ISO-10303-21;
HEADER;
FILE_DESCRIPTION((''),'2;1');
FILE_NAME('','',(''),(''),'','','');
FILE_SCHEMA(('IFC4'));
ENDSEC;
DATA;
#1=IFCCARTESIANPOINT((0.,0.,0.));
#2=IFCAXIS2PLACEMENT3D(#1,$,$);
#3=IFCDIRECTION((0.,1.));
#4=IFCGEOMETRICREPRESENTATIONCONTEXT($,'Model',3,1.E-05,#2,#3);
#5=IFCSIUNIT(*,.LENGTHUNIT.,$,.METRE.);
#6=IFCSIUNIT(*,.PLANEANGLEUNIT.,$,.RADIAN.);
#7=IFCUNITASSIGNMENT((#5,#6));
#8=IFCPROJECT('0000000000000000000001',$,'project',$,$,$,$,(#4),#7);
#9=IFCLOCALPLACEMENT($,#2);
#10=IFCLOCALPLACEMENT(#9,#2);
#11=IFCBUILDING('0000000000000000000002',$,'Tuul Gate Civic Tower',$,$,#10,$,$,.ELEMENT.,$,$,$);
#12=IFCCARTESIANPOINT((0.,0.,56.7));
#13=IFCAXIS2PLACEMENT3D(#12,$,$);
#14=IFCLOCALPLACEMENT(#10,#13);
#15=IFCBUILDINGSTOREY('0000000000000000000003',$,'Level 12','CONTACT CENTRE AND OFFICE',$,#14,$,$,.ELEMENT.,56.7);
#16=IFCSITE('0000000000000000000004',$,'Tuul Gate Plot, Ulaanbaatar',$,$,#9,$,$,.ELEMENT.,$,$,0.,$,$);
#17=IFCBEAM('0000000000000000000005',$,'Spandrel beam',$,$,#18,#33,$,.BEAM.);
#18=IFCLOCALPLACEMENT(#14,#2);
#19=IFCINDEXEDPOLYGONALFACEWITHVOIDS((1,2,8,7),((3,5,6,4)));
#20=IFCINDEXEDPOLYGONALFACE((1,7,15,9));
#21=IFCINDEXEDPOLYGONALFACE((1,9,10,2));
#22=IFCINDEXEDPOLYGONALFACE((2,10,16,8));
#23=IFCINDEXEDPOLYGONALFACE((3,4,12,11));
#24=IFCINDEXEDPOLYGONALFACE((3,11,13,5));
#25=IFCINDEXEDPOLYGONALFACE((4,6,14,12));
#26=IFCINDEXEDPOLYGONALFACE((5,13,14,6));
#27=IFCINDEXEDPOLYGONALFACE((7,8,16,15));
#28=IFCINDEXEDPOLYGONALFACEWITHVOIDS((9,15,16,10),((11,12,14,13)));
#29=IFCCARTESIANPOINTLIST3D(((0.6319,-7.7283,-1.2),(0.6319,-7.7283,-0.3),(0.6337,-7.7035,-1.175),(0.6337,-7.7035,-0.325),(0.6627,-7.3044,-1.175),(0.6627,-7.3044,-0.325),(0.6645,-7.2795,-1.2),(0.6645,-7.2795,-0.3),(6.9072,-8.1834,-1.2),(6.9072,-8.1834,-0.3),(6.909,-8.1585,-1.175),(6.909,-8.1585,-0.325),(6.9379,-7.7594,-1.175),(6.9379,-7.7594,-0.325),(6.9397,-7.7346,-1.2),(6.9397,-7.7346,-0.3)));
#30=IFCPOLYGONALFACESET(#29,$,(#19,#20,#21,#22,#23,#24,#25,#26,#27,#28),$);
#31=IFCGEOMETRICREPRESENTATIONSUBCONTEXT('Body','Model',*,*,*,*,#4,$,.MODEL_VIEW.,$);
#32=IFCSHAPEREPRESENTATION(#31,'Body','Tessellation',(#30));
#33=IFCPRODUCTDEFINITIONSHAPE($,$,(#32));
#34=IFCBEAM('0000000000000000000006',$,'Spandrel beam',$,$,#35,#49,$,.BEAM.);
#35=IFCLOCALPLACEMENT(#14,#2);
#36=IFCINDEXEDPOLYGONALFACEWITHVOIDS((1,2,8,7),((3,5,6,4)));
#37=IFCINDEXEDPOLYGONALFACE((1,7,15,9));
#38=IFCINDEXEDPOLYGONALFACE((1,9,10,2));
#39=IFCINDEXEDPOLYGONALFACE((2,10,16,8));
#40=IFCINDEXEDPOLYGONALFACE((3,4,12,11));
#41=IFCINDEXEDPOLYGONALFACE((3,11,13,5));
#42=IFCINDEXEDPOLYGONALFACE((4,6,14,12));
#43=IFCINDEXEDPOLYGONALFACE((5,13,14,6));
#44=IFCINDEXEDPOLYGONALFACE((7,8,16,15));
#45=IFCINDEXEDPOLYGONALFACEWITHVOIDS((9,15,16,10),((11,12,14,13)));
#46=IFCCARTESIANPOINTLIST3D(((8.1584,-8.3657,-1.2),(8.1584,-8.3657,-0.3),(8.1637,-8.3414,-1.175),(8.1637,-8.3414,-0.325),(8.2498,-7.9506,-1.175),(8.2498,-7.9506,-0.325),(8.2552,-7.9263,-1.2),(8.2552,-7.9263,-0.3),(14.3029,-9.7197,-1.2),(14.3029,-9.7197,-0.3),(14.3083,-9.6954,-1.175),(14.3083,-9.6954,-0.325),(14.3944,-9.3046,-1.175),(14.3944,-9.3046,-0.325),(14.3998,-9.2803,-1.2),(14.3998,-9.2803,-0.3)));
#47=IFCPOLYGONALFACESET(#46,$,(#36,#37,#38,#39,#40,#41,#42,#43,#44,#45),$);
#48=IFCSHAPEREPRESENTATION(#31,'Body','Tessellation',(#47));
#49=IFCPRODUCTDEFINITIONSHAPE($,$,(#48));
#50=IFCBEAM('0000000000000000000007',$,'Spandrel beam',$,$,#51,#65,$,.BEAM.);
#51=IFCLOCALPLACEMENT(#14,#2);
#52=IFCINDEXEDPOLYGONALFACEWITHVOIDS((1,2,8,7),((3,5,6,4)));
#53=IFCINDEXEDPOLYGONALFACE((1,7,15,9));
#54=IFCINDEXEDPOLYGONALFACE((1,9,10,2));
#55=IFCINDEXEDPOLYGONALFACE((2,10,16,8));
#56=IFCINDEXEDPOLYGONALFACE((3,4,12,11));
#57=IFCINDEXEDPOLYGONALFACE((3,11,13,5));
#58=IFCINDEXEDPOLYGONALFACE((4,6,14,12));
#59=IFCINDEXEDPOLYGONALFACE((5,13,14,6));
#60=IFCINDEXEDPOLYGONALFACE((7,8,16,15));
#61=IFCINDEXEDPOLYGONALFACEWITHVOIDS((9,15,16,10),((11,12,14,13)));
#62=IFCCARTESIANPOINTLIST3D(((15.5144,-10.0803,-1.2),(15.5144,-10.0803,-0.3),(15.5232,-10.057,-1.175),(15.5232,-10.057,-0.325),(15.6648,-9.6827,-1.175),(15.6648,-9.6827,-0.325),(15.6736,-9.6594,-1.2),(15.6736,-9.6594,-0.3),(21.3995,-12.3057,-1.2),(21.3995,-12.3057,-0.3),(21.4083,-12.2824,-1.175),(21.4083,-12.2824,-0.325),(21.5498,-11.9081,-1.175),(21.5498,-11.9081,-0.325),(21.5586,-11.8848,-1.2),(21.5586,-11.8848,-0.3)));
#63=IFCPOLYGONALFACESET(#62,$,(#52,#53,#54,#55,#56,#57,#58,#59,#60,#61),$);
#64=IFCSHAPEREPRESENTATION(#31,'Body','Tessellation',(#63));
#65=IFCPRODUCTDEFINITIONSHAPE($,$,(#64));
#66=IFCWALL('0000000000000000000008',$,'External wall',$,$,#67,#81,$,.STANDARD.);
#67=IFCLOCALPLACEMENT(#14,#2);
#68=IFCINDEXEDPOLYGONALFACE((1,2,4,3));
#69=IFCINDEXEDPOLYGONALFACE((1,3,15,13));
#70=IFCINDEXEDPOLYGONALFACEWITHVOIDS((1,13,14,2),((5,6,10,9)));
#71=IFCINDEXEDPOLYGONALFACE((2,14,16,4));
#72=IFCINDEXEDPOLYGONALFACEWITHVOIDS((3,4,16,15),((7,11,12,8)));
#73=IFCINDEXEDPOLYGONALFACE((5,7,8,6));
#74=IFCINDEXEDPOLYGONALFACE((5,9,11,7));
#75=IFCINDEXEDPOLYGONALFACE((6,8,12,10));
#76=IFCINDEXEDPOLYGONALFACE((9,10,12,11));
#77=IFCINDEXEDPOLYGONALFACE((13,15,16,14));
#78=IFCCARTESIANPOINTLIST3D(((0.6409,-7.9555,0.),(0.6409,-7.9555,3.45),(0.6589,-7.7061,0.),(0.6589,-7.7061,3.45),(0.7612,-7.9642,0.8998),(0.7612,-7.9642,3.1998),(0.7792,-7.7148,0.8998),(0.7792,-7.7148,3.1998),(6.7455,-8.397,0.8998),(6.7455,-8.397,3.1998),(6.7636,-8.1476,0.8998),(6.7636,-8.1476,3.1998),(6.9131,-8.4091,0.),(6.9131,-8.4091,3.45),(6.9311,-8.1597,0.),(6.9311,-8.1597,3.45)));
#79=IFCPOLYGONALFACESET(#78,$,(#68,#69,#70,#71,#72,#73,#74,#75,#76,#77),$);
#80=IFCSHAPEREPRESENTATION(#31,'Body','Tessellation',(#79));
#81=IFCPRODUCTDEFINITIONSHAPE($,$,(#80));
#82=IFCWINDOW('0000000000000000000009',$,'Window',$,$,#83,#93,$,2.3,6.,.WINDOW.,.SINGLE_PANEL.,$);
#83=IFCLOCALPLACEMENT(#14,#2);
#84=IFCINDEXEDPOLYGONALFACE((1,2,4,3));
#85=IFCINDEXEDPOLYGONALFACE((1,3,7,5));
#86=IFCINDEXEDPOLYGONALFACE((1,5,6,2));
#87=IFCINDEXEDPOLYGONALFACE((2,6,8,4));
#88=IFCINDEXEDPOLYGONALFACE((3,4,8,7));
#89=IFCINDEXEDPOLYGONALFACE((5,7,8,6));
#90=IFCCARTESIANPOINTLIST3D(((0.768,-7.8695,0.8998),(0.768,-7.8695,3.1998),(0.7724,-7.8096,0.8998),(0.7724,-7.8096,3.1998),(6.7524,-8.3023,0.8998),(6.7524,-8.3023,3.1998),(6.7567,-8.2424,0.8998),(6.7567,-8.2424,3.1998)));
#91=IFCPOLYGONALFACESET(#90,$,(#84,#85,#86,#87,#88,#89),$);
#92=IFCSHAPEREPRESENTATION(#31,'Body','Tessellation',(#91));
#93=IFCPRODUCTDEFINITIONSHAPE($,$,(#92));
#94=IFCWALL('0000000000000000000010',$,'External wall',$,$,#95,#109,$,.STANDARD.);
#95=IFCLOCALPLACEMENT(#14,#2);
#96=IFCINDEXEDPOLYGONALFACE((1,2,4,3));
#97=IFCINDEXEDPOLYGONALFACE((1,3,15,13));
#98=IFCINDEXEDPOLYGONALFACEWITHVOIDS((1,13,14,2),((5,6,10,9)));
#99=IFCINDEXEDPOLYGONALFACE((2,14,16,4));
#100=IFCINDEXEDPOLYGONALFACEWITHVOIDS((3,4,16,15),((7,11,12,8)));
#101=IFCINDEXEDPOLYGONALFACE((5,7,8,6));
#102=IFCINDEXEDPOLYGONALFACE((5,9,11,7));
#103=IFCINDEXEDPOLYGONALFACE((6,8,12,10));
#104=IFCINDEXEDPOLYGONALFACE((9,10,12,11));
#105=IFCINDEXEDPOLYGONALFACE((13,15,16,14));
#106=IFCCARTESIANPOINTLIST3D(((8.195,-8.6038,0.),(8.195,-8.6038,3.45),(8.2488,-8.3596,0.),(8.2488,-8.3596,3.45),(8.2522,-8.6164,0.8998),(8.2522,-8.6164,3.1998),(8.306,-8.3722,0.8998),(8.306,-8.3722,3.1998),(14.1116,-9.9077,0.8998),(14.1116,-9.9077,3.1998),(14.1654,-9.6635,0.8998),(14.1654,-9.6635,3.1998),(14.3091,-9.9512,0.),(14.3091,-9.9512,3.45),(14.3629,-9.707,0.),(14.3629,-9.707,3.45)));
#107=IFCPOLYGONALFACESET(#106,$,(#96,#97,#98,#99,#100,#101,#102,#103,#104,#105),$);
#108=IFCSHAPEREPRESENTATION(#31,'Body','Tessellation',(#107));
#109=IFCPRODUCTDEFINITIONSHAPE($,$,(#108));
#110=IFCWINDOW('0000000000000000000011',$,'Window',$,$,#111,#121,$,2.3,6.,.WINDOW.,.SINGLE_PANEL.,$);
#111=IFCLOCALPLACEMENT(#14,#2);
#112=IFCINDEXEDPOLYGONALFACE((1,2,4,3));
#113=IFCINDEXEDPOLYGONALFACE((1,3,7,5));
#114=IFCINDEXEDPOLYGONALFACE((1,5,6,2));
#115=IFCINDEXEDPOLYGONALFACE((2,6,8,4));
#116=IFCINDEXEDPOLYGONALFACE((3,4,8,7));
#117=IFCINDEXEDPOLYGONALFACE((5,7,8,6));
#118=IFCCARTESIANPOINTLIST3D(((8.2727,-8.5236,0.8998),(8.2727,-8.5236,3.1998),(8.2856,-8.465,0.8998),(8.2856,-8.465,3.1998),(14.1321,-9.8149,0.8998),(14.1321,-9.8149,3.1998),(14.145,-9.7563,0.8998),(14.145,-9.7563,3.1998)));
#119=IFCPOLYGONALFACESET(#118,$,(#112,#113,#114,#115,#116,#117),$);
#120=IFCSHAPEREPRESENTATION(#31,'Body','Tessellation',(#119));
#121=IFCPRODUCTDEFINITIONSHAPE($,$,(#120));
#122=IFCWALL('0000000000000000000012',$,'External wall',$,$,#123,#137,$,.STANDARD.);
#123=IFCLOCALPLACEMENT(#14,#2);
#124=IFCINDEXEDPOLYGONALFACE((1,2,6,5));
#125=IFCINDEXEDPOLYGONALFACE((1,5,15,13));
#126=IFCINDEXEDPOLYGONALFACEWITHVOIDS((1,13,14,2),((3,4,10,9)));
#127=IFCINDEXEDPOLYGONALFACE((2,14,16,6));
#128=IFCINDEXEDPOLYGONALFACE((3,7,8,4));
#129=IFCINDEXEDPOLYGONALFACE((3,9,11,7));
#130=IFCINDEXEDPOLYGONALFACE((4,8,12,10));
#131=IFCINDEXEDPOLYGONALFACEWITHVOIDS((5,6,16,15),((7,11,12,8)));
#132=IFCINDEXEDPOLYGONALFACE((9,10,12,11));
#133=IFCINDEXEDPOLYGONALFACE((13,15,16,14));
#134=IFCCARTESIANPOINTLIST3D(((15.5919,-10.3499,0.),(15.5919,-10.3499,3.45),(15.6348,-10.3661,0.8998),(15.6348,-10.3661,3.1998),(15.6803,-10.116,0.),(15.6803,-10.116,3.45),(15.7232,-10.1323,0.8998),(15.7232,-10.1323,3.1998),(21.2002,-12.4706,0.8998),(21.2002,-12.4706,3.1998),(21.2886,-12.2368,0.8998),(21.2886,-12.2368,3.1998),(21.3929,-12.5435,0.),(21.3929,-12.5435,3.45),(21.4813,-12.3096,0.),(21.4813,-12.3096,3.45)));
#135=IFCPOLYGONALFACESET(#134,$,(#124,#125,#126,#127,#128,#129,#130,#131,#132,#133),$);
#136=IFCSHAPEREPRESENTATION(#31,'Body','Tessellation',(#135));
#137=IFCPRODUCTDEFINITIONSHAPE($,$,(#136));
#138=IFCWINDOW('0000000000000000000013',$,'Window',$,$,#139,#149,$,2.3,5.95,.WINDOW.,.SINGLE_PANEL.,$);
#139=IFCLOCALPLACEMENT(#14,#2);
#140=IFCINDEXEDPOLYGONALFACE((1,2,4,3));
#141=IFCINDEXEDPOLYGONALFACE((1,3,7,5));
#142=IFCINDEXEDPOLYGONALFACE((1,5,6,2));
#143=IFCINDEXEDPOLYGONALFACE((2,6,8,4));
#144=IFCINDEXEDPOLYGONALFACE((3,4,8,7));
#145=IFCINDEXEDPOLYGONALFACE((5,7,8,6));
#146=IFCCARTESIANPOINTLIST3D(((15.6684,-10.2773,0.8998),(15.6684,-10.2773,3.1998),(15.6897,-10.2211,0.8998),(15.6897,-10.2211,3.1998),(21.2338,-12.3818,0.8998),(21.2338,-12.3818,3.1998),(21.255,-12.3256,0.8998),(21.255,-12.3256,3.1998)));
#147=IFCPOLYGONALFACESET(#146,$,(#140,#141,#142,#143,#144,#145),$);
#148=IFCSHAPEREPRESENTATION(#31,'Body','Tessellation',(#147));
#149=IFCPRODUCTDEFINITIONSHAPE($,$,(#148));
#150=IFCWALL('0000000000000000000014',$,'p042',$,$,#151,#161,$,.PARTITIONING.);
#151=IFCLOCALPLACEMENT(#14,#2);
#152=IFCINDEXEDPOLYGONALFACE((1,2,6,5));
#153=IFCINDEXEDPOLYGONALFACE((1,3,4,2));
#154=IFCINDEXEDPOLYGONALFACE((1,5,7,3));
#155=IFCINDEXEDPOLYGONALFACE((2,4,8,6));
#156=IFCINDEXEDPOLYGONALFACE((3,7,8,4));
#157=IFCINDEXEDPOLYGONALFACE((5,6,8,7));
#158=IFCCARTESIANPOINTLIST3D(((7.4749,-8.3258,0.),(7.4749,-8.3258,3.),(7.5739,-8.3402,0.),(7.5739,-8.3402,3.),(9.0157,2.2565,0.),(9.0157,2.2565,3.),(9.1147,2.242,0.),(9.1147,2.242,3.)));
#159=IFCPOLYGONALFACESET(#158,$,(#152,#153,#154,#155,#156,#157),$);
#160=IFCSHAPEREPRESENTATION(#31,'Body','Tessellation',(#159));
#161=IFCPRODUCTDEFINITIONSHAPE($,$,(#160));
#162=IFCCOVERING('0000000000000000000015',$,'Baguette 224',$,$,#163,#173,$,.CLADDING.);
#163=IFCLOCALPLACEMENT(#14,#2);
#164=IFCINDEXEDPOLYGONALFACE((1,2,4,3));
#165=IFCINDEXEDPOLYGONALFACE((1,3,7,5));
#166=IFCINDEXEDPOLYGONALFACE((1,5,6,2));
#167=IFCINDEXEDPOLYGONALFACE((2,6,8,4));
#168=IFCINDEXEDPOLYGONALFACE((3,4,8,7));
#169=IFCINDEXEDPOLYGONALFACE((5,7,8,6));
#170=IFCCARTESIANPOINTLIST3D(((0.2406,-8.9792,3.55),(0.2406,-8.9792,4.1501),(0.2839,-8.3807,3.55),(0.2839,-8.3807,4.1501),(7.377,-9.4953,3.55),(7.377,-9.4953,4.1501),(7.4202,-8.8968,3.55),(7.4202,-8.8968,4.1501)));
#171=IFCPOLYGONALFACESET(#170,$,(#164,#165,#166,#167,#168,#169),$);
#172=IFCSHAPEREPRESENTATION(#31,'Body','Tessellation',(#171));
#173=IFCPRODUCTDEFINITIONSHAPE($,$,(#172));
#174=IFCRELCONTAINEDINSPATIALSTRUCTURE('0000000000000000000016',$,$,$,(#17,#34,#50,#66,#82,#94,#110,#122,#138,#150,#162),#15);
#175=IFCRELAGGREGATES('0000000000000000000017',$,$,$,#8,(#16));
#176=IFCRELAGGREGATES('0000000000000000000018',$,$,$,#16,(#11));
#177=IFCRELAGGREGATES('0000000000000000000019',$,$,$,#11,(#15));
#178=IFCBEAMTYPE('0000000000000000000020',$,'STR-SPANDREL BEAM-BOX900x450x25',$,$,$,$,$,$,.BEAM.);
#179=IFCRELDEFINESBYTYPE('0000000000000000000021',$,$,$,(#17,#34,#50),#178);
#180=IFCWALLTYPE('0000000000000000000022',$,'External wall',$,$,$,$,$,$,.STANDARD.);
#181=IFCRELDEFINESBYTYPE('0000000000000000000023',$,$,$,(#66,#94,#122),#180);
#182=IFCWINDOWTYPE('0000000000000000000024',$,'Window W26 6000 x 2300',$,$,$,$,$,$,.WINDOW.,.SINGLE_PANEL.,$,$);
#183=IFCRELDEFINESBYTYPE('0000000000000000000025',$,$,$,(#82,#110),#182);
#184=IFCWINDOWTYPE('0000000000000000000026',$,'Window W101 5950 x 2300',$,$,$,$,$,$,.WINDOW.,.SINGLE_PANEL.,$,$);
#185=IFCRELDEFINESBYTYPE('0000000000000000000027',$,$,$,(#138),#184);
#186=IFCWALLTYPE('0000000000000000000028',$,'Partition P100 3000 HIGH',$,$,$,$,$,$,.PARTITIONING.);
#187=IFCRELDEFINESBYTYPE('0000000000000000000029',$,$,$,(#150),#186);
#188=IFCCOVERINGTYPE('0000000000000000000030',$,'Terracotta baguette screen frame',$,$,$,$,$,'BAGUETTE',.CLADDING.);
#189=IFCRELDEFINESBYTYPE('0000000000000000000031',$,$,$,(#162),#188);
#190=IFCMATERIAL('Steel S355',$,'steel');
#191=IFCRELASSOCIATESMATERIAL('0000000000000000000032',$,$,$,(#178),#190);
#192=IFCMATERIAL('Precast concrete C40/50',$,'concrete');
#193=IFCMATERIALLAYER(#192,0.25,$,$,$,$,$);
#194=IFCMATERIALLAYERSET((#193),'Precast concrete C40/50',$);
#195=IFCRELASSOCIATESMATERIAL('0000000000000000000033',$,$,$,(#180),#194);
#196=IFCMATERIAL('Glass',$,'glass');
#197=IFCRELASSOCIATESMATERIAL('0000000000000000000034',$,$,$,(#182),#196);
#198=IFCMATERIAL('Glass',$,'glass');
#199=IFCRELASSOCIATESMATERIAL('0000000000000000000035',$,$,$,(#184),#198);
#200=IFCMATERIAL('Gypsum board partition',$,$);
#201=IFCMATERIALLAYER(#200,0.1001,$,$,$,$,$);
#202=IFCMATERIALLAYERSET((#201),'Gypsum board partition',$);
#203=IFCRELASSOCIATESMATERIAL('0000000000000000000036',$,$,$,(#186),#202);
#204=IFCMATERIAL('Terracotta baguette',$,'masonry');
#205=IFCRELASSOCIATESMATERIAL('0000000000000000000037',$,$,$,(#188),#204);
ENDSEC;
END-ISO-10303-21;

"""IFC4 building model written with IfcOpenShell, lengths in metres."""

from ifc_helpers import new_model, si_unit, direction, frame, frame_2d, origin, origin_2d, place, context, subcontext, project, spatial, rectangle, hollow_rectangle, extrude, material, layer, layer_set, material_profile, profile_set, type_object, element, fill, save


model = new_model("IFC4")

# Units and contexts
model_context = context("Model", 3, precision=1e-05, world=origin(), true_north=direction((0.0, 1.0)))
body_context = subcontext(model_context, "Body", "Model", "MODEL_VIEW")
ifc_project = project(units=[si_unit("LENGTHUNIT", "METRE"), si_unit("PLANEANGLEUNIT", "RADIAN")], contexts=[model_context])

# Site, building, storey
site_placement = place(None, origin())
site = spatial("IfcSite", under=ifc_project, at=site_placement, Name="Tuul Gate Plot, Ulaanbaatar", CompositionType="ELEMENT", RefElevation=0.0)
building_placement = place(site_placement, origin())
building = spatial("IfcBuilding", under=site, at=building_placement, Name="Tuul Gate Civic Tower", CompositionType="ELEMENT")
storey_placement = place(building_placement, frame((0.0, 0.0, 56.7)))
storey = spatial("IfcBuildingStorey", under=building, at=storey_placement, Name="Level 12", Description="CONTACT CENTRE AND OFFICE", CompositionType="ELEMENT", Elevation=56.7)

# Beams
ifc_material_1 = material(Name="Steel S355", Category="steel")
ifc_material_profile_1 = material_profile(ifc_material_1, hollow_rectangle(XDim=0.45, YDim=0.8999, WallThickness=0.0249, at=origin_2d()), Name="BOX900x450x25")
ifc_profile_set_1 = profile_set([ifc_material_profile_1], Name="Steel S355")
beam_type_1 = type_object("IfcBeamType", Name="STR-SPANDREL BEAM-BOX900x450x25", PredefinedType="BEAM", material=ifc_profile_set_1)
beam_1_placement = place(storey_placement, frame((0.6482, -7.5039, -0.75), z_axis=(0.997381, -0.072328, 0.0), x_axis=(0.072328, 0.997381, 0.0)))
element("IfcBeam", 1, at=beam_1_placement, inside=storey, type_object=beam_type_1, Name="Spandrel beam", PredefinedType="BEAM", context=body_context, shape_type="SweptSolid", body=[
    extrude(hollow_rectangle(XDim=0.45, YDim=0.8999, WallThickness=0.0249, at=origin_2d()), origin(), (0.0, 0.0, 1.0), 6.2917),
])
beam_2_placement = place(storey_placement, frame((8.2068, -8.146, -0.75), z_axis=(0.976571, -0.215196, 0.0), x_axis=(0.215196, 0.976571, 0.0)))
element("IfcBeam", 2, at=beam_2_placement, inside=storey, type_object=beam_type_1, Name="Spandrel beam", PredefinedType="BEAM", context=body_context, shape_type="SweptSolid", body=[
    extrude(hollow_rectangle(XDim=0.45, YDim=0.8999, WallThickness=0.0249, at=origin_2d()), origin(), (0.0, 0.0, 1.0), 6.292),
])
beam_3_placement = place(storey_placement, frame((15.594, -9.8699, -0.75), z_axis=(0.935361, -0.353695, 0.0), x_axis=(0.353695, 0.935361, 0.0)))
element("IfcBeam", 3, at=beam_3_placement, inside=storey, type_object=beam_type_1, Name="Spandrel beam", PredefinedType="BEAM", context=body_context, shape_type="SweptSolid", body=[
    extrude(hollow_rectangle(XDim=0.45, YDim=0.8999, WallThickness=0.0249, at=origin_2d()), origin(), (0.0, 0.0, 1.0), 6.2917),
])

# Walls, openings, windows
ifc_material_2 = material(Name="Precast concrete C40/50", Category="concrete")
ifc_layer_1 = layer(ifc_material_2, 0.25)
ifc_layer_set_1 = layer_set([ifc_layer_1], Name="Precast concrete C40/50")
wall_type_1 = type_object("IfcWallType", Name="External wall", PredefinedType="STANDARD", material=ifc_layer_set_1)
wall_1_placement = place(storey_placement, frame((0.6499, -7.8308, 0.0), z_axis=(0.0, 0.0, 1.0), x_axis=(0.997395, -0.072133, 0.0)))
wall_1 = element("IfcWall", 4, at=wall_1_placement, inside=storey, type_object=wall_type_1, Name="External wall", PredefinedType="STANDARD", context=body_context, shape_type="SweptSolid", body=[
    extrude(rectangle(XDim=6.2886, YDim=0.25, at=frame_2d((3.1443, 0.0))), origin(), (0.0, 0.0, 1.0), 3.45),
])
opening_1_placement = place(wall_1_placement, frame((0.1206, 0.0, 0.8999)))
opening_1 = element("IfcOpeningElement", 5, at=opening_1_placement, cuts=wall_1, PredefinedType="OPENING", context=body_context, shape_type="SweptSolid", body=[
    extrude(rectangle(XDim=6.0, YDim=2.3, at=frame_2d((3.0, 1.1499))), frame((0.0, 0.135, 0.0), z_axis=(0.0, -1.0, 0.0), x_axis=(1.0, 0.0, 0.0)), (0.0, 0.0, 1.0), 0.27),
])
ifc_material_3 = material(Name="Glass", Category="glass")
window_type_1 = type_object("IfcWindowType", Name="Window W26 6000 x 2300", PartitioningType="SINGLE_PANEL", PredefinedType="WINDOW", material=ifc_material_3)
window_1_placement = place(opening_1_placement, origin())
window_1 = element("IfcWindow", 6, at=window_1_placement, inside=storey, type_object=window_type_1, Name="Window", OverallHeight=2.3, OverallWidth=6.0, PartitioningType="SINGLE_PANEL", PredefinedType="WINDOW", context=body_context, shape_type="SweptSolid", body=[
    extrude(rectangle(XDim=6.0, YDim=2.3, at=frame_2d((3.0, 1.1499))), frame((0.0, 0.03, 0.0), z_axis=(0.0, -1.0, 0.0), x_axis=(1.0, 0.0, 0.0)), (0.0, 0.0, 1.0), 0.0601),
])
fill(opening_1, window_1)
wall_2_placement = place(storey_placement, frame((8.2219, -8.4817, 0.0), z_axis=(0.0, 0.0, 1.0), x_axis=(0.976566, -0.215217, 0.0)))
wall_2 = element("IfcWall", 7, at=wall_2_placement, inside=storey, type_object=wall_type_1, Name="External wall", PredefinedType="STANDARD", context=body_context, shape_type="SweptSolid", body=[
    extrude(rectangle(XDim=6.2607, YDim=0.25, at=frame_2d((3.1304, 0.0))), origin(), (0.0, 0.0, 1.0), 3.45),
])
opening_2_placement = place(wall_2_placement, frame((0.0586, 0.0, 0.8999)))
opening_2 = element("IfcOpeningElement", 8, at=opening_2_placement, cuts=wall_2, PredefinedType="OPENING", context=body_context, shape_type="SweptSolid", body=[
    extrude(rectangle(XDim=6.0, YDim=2.3, at=frame_2d((3.0, 1.1499))), frame((0.0, 0.135, 0.0), z_axis=(0.0, -1.0, 0.0), x_axis=(1.0, 0.0, 0.0)), (0.0, 0.0, 1.0), 0.27),
])
window_2_placement = place(opening_2_placement, origin())
window_2 = element("IfcWindow", 9, at=window_2_placement, inside=storey, type_object=window_type_1, Name="Window", OverallHeight=2.3, OverallWidth=6.0, PartitioningType="SINGLE_PANEL", PredefinedType="WINDOW", context=body_context, shape_type="SweptSolid", body=[
    extrude(rectangle(XDim=6.0, YDim=2.3, at=frame_2d((3.0, 1.1499))), frame((0.0, 0.03, 0.0), z_axis=(0.0, -1.0, 0.0), x_axis=(1.0, 0.0, 0.0)), (0.0, 0.0, 1.0), 0.0601),
])
fill(opening_2, window_2)
wall_3_placement = place(storey_placement, frame((15.636, -10.2329, 0.0), z_axis=(0.0, 0.0, 1.0), x_axis=(0.93536, -0.353698, 0.0)))
wall_3 = element("IfcWall", 10, at=wall_3_placement, inside=storey, type_object=wall_type_1, Name="External wall", PredefinedType="STANDARD", context=body_context, shape_type="SweptSolid", body=[
    extrude(rectangle(XDim=6.2019, YDim=0.25, at=frame_2d((3.1011, 0.0))), origin(), (0.0, 0.0, 1.0), 3.45),
])
opening_3_placement = place(wall_3_placement, frame((0.0459, 0.0, 0.8999)))
opening_3 = element("IfcOpeningElement", 11, at=opening_3_placement, cuts=wall_3, PredefinedType="OPENING", context=body_context, shape_type="SweptSolid", body=[
    extrude(rectangle(XDim=5.95, YDim=2.3, at=frame_2d((2.9751, 1.1499))), frame((0.0, 0.135, 0.0), z_axis=(0.0, -1.0, 0.0), x_axis=(1.0, 0.0, 0.0)), (0.0, 0.0, 1.0), 0.27),
])
ifc_material_4 = material(Name="Glass", Category="glass")
window_type_2 = type_object("IfcWindowType", Name="Window W101 5950 x 2300", PartitioningType="SINGLE_PANEL", PredefinedType="WINDOW", material=ifc_material_4)
window_3_placement = place(opening_3_placement, origin())
window_3 = element("IfcWindow", 12, at=window_3_placement, inside=storey, type_object=window_type_2, Name="Window", OverallHeight=2.3, OverallWidth=5.95, PartitioningType="SINGLE_PANEL", PredefinedType="WINDOW", context=body_context, shape_type="SweptSolid", body=[
    extrude(rectangle(XDim=5.95, YDim=2.3, at=frame_2d((2.9751, 1.1499))), frame((0.0, 0.03, 0.0), z_axis=(0.0, -1.0, 0.0), x_axis=(1.0, 0.0, 0.0)), (0.0, 0.0, 1.0), 0.0601),
])
fill(opening_3, window_3)

# Wall
ifc_material_5 = material(Name="Gypsum board partition")
ifc_layer_2 = layer(ifc_material_5, 0.1001)
ifc_layer_set_2 = layer_set([ifc_layer_2], Name="Gypsum board partition")
wall_type_2 = type_object("IfcWallType", Name="Partition P100 3000 HIGH", PredefinedType="PARTITIONING", material=ifc_layer_set_2)
wall_4_placement = place(storey_placement, frame((7.5244, -8.333, 0.0), z_axis=(0.0, 0.0, 1.0), x_axis=(0.14408, 0.989566, 0.0)))
element("IfcWall", 13, at=wall_4_placement, inside=storey, type_object=wall_type_2, Name="p042", PredefinedType="PARTITIONING", context=body_context, shape_type="SweptSolid", body=[
    extrude(rectangle(XDim=10.6938, YDim=0.1001, at=frame_2d((5.3469, 0.0))), origin(), (0.0, 0.0, 1.0), 3.0),
])

# Covering
ifc_material_6 = material(Name="Terracotta baguette", Category="masonry")
ifc_material_profile_2 = material_profile(ifc_material_6, rectangle(XDim=0.6001, YDim=0.6001, at=origin_2d()), Name="Terracotta baguette screen frame")
ifc_profile_set_2 = profile_set([ifc_material_profile_2], Name="Terracotta baguette")
covering_type = type_object("IfcCoveringType", Name="Terracotta baguette screen frame", ElementType="BAGUETTE", PredefinedType="CLADDING", material=ifc_profile_set_2)
covering_1_placement = place(storey_placement, frame((0.2622, -8.6799, 3.8501), z_axis=(0.997395, -0.072132, 0.0), x_axis=(0.072132, 0.997395, 0.0)))
element("IfcCovering", 14, at=covering_1_placement, inside=storey, type_object=covering_type, Name="Baguette 224", PredefinedType="CLADDING", context=body_context, shape_type="SweptSolid", body=[
    extrude(rectangle(XDim=0.6001, YDim=0.6001, at=origin_2d()), origin(), (0.0, 0.0, 1.0), 7.155),
])

save(model, "model.ifc")
